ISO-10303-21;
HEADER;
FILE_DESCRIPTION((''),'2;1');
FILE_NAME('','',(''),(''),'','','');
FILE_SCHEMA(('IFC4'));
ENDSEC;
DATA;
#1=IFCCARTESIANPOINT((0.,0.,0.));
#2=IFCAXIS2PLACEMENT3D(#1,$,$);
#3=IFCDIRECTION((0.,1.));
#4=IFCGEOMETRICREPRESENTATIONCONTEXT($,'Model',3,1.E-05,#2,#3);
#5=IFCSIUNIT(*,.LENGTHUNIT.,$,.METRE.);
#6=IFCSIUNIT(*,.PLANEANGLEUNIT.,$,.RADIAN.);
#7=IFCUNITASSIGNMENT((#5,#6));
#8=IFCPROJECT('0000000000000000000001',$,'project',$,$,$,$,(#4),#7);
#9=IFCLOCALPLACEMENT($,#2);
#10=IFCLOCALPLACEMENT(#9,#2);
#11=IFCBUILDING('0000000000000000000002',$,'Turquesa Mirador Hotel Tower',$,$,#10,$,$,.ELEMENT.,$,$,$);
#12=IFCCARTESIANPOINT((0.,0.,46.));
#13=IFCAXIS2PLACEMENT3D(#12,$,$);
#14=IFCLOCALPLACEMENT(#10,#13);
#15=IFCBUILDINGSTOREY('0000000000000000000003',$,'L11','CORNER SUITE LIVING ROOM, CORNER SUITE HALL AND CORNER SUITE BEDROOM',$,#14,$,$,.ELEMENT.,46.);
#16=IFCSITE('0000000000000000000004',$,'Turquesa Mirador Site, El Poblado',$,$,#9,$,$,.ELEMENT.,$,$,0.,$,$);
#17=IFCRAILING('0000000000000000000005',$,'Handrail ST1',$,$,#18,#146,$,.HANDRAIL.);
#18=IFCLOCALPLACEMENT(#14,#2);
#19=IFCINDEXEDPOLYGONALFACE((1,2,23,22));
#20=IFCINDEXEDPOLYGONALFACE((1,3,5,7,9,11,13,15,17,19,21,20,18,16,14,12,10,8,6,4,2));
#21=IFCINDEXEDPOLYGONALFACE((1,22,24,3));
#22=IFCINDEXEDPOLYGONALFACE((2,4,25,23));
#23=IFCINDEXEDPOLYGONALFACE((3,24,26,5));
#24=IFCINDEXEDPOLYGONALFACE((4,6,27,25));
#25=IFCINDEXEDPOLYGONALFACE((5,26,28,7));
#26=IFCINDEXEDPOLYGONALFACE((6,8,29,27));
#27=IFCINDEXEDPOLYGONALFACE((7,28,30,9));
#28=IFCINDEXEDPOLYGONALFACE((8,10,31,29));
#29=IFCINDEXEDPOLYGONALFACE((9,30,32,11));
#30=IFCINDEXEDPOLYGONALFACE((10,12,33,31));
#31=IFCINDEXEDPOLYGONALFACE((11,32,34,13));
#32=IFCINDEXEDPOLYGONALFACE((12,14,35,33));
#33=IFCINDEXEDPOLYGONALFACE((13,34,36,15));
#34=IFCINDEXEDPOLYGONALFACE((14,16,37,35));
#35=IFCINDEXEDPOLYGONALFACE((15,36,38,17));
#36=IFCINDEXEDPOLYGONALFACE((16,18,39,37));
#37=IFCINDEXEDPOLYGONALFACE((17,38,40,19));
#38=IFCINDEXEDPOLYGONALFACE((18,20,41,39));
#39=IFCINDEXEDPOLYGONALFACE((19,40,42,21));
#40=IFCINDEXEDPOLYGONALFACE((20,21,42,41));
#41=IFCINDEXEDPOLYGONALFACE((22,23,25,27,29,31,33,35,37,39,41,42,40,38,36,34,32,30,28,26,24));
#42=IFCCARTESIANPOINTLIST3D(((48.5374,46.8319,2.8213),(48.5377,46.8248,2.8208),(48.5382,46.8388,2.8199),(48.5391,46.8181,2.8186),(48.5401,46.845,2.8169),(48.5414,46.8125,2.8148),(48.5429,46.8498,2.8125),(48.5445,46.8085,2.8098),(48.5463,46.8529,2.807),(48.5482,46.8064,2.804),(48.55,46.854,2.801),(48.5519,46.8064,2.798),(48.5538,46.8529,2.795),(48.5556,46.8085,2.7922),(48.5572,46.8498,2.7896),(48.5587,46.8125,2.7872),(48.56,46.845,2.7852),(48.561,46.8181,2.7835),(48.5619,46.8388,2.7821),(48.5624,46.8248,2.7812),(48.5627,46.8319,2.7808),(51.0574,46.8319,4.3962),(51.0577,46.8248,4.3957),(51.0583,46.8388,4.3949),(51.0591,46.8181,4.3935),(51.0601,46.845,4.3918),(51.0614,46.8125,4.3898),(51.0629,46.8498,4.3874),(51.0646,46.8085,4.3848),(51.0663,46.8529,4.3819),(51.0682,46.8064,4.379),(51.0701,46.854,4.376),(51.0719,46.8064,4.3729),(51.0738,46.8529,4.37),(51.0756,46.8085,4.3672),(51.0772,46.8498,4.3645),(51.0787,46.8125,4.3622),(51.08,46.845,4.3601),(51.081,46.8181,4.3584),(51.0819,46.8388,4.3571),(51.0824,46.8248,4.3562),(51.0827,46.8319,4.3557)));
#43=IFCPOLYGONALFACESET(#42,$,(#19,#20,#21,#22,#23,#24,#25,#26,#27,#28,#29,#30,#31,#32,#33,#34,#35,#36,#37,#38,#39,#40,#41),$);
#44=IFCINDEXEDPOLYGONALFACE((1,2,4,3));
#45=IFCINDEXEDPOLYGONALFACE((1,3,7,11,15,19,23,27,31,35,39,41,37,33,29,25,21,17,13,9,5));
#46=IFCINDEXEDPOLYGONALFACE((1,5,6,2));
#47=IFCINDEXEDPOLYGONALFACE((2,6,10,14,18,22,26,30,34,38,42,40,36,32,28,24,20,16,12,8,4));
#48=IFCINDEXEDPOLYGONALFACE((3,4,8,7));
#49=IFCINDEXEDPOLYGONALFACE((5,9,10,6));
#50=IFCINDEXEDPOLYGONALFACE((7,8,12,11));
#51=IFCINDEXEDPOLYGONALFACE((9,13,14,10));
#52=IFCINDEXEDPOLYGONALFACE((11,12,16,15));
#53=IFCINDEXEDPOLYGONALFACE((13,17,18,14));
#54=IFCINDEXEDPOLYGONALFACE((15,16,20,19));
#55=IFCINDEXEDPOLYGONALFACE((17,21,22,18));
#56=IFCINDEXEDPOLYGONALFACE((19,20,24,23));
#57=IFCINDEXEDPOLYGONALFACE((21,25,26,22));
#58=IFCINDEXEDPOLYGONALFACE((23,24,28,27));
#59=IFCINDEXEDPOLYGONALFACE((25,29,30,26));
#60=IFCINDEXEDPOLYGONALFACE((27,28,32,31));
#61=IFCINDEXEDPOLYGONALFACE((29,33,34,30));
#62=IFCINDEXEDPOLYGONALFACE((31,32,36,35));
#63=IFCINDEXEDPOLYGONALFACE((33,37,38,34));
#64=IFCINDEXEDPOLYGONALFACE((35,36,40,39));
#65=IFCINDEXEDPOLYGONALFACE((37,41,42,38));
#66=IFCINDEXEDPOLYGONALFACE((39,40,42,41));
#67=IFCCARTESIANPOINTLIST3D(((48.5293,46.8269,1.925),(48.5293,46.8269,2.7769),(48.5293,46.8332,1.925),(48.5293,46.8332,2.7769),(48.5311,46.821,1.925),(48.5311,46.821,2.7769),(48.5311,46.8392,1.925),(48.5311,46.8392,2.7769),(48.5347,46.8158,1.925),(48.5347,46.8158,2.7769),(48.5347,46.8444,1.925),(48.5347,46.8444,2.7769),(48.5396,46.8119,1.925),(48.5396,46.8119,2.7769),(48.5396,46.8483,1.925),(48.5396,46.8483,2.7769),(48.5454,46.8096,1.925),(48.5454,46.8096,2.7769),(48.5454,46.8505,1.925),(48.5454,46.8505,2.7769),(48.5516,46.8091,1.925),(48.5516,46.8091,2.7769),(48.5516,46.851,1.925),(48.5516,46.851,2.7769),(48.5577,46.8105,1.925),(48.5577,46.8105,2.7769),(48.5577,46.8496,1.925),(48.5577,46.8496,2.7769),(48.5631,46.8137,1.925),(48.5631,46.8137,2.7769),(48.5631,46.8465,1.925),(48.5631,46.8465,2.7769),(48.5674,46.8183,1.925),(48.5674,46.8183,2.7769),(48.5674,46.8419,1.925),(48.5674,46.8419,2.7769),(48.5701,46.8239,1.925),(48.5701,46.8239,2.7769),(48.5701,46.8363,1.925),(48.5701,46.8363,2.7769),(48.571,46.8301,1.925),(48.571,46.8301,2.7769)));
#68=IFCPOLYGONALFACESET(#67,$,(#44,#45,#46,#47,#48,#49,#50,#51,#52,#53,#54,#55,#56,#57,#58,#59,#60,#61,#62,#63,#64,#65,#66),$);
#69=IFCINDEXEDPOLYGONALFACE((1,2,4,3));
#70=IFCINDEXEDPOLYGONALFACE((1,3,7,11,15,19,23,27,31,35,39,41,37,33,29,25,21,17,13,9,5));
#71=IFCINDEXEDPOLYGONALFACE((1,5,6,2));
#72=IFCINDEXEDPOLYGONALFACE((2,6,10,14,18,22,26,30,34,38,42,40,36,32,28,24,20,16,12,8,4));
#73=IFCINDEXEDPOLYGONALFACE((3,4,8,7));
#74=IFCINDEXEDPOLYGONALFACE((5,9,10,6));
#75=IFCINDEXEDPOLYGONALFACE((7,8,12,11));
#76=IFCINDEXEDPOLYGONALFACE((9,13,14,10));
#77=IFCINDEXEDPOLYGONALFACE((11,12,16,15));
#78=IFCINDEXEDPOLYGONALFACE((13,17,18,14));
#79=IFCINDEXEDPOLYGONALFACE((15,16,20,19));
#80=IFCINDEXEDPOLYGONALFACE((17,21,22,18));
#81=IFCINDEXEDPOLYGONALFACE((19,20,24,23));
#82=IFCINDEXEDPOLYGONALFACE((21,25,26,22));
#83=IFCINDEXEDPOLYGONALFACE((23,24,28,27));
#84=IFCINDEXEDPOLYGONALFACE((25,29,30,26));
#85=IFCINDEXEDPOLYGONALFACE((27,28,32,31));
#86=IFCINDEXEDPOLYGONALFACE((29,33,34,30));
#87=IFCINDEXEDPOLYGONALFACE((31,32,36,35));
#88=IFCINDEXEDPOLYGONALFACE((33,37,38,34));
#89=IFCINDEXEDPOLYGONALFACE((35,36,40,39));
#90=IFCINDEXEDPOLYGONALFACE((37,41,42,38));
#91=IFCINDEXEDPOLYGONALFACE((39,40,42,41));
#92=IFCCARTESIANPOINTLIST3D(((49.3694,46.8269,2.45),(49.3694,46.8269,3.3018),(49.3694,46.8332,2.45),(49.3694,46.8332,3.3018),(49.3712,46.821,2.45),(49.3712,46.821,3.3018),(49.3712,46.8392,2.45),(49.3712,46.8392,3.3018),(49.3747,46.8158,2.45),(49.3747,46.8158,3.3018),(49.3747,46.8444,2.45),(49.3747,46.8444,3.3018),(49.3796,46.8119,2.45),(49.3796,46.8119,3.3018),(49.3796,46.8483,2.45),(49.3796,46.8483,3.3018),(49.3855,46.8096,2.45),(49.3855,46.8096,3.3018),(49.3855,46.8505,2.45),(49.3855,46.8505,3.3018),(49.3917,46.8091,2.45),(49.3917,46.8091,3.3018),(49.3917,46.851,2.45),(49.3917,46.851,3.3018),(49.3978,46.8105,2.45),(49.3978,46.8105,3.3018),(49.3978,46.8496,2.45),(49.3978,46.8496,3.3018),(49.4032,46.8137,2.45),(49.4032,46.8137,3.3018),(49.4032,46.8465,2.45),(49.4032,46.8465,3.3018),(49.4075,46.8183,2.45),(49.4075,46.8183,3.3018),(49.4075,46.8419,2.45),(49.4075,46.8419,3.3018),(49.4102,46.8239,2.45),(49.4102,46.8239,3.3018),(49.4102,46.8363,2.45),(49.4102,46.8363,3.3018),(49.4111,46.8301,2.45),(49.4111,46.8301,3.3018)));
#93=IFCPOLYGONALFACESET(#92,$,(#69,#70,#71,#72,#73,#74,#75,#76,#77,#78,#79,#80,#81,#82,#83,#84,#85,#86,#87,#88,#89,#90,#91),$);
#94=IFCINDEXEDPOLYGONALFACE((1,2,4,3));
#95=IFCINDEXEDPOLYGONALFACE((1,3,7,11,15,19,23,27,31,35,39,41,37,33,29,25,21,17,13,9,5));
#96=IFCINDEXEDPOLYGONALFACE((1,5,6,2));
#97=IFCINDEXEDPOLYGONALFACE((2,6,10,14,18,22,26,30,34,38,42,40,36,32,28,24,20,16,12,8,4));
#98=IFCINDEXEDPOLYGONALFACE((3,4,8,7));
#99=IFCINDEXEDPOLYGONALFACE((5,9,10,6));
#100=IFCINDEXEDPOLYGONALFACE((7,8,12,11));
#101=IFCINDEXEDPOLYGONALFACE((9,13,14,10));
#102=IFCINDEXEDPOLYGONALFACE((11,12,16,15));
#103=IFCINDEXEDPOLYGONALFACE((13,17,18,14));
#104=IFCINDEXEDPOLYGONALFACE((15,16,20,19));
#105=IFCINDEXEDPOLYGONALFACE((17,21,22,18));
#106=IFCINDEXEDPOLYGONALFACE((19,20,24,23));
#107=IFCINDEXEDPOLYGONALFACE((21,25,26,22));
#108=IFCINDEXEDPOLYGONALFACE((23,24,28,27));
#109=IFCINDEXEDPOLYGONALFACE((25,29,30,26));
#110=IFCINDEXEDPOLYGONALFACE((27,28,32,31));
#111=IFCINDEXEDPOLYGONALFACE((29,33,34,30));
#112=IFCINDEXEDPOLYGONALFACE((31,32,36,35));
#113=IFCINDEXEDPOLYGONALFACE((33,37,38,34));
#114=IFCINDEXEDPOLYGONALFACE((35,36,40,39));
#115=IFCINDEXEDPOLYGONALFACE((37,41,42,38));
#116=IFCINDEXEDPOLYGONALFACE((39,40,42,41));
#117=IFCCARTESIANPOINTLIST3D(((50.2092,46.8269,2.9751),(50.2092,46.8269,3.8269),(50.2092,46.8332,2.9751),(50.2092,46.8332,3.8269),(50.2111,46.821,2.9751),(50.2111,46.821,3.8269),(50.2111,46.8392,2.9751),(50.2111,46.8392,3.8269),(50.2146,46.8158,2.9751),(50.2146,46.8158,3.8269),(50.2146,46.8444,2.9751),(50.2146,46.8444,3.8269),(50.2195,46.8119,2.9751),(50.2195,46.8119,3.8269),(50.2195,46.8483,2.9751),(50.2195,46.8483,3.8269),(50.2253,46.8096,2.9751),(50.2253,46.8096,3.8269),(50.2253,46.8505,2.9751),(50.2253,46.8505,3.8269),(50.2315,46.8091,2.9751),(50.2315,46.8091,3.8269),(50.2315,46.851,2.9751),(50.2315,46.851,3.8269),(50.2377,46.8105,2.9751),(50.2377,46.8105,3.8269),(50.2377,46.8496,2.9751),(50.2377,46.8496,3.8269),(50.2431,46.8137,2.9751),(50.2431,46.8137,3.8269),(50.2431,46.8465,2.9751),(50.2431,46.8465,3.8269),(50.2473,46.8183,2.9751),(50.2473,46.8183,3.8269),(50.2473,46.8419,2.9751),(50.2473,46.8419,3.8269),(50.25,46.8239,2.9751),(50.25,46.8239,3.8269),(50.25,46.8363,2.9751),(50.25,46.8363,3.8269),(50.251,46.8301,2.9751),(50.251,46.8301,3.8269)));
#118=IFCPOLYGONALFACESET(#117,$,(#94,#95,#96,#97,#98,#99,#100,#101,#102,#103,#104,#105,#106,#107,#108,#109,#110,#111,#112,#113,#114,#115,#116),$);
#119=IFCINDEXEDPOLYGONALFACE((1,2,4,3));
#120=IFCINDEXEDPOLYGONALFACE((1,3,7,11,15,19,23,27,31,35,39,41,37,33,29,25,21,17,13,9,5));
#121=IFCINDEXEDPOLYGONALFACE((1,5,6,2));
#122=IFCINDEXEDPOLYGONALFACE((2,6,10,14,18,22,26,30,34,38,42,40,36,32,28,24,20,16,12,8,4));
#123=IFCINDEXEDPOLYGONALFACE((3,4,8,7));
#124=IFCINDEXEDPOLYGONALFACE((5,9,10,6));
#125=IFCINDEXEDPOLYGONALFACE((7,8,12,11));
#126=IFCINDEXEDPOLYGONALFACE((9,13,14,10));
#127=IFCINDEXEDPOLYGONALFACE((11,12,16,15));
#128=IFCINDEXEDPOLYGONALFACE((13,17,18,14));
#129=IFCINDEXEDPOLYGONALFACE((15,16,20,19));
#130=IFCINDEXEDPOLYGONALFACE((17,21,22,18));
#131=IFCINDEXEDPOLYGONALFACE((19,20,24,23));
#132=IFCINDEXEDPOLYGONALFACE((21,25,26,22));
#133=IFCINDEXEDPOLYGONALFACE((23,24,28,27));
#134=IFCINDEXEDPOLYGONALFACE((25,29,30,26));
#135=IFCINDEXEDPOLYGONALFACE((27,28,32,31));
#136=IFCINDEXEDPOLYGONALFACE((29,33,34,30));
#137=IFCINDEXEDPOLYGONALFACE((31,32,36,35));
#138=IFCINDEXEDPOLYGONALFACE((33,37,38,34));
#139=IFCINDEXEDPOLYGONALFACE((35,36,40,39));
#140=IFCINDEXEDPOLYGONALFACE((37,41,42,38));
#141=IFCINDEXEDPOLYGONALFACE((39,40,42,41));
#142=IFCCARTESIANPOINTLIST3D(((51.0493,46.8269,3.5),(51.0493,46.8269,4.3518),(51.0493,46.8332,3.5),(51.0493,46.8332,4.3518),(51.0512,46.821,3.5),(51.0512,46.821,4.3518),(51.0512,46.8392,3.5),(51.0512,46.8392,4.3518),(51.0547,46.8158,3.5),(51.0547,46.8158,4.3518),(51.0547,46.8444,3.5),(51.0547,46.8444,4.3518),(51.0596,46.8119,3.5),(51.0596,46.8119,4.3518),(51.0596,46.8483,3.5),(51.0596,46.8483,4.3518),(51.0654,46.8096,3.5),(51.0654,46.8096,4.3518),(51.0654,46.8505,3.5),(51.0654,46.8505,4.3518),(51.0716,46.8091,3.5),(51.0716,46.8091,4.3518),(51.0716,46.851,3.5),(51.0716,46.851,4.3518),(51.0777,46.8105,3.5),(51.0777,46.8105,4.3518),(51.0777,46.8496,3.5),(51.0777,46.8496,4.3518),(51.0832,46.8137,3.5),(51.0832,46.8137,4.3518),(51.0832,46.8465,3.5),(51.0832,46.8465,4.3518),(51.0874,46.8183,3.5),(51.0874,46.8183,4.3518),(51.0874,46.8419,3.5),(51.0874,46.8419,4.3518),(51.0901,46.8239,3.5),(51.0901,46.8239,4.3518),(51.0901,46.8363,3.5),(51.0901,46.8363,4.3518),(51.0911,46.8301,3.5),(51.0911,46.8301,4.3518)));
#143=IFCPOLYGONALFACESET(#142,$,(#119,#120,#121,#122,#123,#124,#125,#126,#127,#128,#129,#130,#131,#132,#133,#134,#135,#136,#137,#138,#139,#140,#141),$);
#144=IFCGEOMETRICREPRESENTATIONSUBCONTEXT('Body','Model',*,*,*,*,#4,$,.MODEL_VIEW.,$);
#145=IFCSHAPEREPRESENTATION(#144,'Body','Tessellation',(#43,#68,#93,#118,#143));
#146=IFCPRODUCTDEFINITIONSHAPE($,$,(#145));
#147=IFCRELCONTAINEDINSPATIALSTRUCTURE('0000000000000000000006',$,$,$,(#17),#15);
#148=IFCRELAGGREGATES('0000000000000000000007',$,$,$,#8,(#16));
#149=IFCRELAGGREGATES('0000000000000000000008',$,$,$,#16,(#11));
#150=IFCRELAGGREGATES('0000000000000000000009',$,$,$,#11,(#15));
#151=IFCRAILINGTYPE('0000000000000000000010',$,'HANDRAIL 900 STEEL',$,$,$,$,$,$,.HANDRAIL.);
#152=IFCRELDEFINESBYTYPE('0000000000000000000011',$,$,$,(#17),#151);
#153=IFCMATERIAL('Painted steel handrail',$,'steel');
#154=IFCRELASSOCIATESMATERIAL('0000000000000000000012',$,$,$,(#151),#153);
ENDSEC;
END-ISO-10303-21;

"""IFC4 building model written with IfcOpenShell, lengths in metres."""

from ifc_helpers import new_model, si_unit, direction, frame, origin, origin_2d, place, context, subcontext, project, spatial, circle, extrude, material, type_object, element, save


model = new_model("IFC4")

# Units and contexts
model_context = context("Model", 3, precision=1e-05, world=origin(), true_north=direction((0.0, 1.0)))
body_context = subcontext(model_context, "Body", "Model", "MODEL_VIEW")
ifc_project = project(units=[si_unit("LENGTHUNIT", "METRE"), si_unit("PLANEANGLEUNIT", "RADIAN")], contexts=[model_context])

# Site, building, storey
site_placement = place(None, origin())
site = spatial("IfcSite", under=ifc_project, at=site_placement, Name="Turquesa Mirador Site, El Poblado", CompositionType="ELEMENT", RefElevation=0.0)
building_placement = place(site_placement, origin())
building = spatial("IfcBuilding", under=site, at=building_placement, Name="Turquesa Mirador Hotel Tower", CompositionType="ELEMENT")
storey_placement = place(building_placement, frame((0.0, 0.0, 46.0)))
storey = spatial("IfcBuildingStorey", under=building, at=storey_placement, Name="L11", Description="CORNER SUITE LIVING ROOM, CORNER SUITE HALL AND CORNER SUITE BEDROOM", CompositionType="ELEMENT", Elevation=46.0)

# Railing
ifc_material_1 = material(Name="Painted steel handrail", Category="steel")
railing_type = type_object("IfcRailingType", Name="HANDRAIL 900 STEEL", PredefinedType="HANDRAIL", material=ifc_material_1)
for number, where, name in (
    (1, (48.55, 46.8301, 1.925), "Handrail ST1"),
):
    element("IfcRailing", number, at=place(storey_placement, frame(where)), inside=storey, type_object=railing_type, Name=name, PredefinedType="HANDRAIL", context=body_context, shape_type="SweptSolid", body=[
        extrude(circle(Radius=0.0239, at=origin_2d()), frame((0.0, 0.0, 0.876), z_axis=(0.848008, 0.0, 0.529984), x_axis=(0.0, 1.0, 0.0)), (0.0, 0.0, 1.0), 2.9717),
        extrude(circle(Radius=0.021, at=origin_2d()), origin(), (0.0, 0.0, 1.0), 0.8518),
        extrude(circle(Radius=0.021, at=origin_2d()), frame((0.8401, 0.0, 0.5249)), (0.0, 0.0, 1.0), 0.8518),
        extrude(circle(Radius=0.021, at=origin_2d()), frame((1.6799, 0.0, 1.05)), (0.0, 0.0, 1.0), 0.8518),
        extrude(circle(Radius=0.021, at=origin_2d()), frame((2.52, 0.0, 1.575)), (0.0, 0.0, 1.0), 0.8518),
    ])

save(model, "model.ifc")
